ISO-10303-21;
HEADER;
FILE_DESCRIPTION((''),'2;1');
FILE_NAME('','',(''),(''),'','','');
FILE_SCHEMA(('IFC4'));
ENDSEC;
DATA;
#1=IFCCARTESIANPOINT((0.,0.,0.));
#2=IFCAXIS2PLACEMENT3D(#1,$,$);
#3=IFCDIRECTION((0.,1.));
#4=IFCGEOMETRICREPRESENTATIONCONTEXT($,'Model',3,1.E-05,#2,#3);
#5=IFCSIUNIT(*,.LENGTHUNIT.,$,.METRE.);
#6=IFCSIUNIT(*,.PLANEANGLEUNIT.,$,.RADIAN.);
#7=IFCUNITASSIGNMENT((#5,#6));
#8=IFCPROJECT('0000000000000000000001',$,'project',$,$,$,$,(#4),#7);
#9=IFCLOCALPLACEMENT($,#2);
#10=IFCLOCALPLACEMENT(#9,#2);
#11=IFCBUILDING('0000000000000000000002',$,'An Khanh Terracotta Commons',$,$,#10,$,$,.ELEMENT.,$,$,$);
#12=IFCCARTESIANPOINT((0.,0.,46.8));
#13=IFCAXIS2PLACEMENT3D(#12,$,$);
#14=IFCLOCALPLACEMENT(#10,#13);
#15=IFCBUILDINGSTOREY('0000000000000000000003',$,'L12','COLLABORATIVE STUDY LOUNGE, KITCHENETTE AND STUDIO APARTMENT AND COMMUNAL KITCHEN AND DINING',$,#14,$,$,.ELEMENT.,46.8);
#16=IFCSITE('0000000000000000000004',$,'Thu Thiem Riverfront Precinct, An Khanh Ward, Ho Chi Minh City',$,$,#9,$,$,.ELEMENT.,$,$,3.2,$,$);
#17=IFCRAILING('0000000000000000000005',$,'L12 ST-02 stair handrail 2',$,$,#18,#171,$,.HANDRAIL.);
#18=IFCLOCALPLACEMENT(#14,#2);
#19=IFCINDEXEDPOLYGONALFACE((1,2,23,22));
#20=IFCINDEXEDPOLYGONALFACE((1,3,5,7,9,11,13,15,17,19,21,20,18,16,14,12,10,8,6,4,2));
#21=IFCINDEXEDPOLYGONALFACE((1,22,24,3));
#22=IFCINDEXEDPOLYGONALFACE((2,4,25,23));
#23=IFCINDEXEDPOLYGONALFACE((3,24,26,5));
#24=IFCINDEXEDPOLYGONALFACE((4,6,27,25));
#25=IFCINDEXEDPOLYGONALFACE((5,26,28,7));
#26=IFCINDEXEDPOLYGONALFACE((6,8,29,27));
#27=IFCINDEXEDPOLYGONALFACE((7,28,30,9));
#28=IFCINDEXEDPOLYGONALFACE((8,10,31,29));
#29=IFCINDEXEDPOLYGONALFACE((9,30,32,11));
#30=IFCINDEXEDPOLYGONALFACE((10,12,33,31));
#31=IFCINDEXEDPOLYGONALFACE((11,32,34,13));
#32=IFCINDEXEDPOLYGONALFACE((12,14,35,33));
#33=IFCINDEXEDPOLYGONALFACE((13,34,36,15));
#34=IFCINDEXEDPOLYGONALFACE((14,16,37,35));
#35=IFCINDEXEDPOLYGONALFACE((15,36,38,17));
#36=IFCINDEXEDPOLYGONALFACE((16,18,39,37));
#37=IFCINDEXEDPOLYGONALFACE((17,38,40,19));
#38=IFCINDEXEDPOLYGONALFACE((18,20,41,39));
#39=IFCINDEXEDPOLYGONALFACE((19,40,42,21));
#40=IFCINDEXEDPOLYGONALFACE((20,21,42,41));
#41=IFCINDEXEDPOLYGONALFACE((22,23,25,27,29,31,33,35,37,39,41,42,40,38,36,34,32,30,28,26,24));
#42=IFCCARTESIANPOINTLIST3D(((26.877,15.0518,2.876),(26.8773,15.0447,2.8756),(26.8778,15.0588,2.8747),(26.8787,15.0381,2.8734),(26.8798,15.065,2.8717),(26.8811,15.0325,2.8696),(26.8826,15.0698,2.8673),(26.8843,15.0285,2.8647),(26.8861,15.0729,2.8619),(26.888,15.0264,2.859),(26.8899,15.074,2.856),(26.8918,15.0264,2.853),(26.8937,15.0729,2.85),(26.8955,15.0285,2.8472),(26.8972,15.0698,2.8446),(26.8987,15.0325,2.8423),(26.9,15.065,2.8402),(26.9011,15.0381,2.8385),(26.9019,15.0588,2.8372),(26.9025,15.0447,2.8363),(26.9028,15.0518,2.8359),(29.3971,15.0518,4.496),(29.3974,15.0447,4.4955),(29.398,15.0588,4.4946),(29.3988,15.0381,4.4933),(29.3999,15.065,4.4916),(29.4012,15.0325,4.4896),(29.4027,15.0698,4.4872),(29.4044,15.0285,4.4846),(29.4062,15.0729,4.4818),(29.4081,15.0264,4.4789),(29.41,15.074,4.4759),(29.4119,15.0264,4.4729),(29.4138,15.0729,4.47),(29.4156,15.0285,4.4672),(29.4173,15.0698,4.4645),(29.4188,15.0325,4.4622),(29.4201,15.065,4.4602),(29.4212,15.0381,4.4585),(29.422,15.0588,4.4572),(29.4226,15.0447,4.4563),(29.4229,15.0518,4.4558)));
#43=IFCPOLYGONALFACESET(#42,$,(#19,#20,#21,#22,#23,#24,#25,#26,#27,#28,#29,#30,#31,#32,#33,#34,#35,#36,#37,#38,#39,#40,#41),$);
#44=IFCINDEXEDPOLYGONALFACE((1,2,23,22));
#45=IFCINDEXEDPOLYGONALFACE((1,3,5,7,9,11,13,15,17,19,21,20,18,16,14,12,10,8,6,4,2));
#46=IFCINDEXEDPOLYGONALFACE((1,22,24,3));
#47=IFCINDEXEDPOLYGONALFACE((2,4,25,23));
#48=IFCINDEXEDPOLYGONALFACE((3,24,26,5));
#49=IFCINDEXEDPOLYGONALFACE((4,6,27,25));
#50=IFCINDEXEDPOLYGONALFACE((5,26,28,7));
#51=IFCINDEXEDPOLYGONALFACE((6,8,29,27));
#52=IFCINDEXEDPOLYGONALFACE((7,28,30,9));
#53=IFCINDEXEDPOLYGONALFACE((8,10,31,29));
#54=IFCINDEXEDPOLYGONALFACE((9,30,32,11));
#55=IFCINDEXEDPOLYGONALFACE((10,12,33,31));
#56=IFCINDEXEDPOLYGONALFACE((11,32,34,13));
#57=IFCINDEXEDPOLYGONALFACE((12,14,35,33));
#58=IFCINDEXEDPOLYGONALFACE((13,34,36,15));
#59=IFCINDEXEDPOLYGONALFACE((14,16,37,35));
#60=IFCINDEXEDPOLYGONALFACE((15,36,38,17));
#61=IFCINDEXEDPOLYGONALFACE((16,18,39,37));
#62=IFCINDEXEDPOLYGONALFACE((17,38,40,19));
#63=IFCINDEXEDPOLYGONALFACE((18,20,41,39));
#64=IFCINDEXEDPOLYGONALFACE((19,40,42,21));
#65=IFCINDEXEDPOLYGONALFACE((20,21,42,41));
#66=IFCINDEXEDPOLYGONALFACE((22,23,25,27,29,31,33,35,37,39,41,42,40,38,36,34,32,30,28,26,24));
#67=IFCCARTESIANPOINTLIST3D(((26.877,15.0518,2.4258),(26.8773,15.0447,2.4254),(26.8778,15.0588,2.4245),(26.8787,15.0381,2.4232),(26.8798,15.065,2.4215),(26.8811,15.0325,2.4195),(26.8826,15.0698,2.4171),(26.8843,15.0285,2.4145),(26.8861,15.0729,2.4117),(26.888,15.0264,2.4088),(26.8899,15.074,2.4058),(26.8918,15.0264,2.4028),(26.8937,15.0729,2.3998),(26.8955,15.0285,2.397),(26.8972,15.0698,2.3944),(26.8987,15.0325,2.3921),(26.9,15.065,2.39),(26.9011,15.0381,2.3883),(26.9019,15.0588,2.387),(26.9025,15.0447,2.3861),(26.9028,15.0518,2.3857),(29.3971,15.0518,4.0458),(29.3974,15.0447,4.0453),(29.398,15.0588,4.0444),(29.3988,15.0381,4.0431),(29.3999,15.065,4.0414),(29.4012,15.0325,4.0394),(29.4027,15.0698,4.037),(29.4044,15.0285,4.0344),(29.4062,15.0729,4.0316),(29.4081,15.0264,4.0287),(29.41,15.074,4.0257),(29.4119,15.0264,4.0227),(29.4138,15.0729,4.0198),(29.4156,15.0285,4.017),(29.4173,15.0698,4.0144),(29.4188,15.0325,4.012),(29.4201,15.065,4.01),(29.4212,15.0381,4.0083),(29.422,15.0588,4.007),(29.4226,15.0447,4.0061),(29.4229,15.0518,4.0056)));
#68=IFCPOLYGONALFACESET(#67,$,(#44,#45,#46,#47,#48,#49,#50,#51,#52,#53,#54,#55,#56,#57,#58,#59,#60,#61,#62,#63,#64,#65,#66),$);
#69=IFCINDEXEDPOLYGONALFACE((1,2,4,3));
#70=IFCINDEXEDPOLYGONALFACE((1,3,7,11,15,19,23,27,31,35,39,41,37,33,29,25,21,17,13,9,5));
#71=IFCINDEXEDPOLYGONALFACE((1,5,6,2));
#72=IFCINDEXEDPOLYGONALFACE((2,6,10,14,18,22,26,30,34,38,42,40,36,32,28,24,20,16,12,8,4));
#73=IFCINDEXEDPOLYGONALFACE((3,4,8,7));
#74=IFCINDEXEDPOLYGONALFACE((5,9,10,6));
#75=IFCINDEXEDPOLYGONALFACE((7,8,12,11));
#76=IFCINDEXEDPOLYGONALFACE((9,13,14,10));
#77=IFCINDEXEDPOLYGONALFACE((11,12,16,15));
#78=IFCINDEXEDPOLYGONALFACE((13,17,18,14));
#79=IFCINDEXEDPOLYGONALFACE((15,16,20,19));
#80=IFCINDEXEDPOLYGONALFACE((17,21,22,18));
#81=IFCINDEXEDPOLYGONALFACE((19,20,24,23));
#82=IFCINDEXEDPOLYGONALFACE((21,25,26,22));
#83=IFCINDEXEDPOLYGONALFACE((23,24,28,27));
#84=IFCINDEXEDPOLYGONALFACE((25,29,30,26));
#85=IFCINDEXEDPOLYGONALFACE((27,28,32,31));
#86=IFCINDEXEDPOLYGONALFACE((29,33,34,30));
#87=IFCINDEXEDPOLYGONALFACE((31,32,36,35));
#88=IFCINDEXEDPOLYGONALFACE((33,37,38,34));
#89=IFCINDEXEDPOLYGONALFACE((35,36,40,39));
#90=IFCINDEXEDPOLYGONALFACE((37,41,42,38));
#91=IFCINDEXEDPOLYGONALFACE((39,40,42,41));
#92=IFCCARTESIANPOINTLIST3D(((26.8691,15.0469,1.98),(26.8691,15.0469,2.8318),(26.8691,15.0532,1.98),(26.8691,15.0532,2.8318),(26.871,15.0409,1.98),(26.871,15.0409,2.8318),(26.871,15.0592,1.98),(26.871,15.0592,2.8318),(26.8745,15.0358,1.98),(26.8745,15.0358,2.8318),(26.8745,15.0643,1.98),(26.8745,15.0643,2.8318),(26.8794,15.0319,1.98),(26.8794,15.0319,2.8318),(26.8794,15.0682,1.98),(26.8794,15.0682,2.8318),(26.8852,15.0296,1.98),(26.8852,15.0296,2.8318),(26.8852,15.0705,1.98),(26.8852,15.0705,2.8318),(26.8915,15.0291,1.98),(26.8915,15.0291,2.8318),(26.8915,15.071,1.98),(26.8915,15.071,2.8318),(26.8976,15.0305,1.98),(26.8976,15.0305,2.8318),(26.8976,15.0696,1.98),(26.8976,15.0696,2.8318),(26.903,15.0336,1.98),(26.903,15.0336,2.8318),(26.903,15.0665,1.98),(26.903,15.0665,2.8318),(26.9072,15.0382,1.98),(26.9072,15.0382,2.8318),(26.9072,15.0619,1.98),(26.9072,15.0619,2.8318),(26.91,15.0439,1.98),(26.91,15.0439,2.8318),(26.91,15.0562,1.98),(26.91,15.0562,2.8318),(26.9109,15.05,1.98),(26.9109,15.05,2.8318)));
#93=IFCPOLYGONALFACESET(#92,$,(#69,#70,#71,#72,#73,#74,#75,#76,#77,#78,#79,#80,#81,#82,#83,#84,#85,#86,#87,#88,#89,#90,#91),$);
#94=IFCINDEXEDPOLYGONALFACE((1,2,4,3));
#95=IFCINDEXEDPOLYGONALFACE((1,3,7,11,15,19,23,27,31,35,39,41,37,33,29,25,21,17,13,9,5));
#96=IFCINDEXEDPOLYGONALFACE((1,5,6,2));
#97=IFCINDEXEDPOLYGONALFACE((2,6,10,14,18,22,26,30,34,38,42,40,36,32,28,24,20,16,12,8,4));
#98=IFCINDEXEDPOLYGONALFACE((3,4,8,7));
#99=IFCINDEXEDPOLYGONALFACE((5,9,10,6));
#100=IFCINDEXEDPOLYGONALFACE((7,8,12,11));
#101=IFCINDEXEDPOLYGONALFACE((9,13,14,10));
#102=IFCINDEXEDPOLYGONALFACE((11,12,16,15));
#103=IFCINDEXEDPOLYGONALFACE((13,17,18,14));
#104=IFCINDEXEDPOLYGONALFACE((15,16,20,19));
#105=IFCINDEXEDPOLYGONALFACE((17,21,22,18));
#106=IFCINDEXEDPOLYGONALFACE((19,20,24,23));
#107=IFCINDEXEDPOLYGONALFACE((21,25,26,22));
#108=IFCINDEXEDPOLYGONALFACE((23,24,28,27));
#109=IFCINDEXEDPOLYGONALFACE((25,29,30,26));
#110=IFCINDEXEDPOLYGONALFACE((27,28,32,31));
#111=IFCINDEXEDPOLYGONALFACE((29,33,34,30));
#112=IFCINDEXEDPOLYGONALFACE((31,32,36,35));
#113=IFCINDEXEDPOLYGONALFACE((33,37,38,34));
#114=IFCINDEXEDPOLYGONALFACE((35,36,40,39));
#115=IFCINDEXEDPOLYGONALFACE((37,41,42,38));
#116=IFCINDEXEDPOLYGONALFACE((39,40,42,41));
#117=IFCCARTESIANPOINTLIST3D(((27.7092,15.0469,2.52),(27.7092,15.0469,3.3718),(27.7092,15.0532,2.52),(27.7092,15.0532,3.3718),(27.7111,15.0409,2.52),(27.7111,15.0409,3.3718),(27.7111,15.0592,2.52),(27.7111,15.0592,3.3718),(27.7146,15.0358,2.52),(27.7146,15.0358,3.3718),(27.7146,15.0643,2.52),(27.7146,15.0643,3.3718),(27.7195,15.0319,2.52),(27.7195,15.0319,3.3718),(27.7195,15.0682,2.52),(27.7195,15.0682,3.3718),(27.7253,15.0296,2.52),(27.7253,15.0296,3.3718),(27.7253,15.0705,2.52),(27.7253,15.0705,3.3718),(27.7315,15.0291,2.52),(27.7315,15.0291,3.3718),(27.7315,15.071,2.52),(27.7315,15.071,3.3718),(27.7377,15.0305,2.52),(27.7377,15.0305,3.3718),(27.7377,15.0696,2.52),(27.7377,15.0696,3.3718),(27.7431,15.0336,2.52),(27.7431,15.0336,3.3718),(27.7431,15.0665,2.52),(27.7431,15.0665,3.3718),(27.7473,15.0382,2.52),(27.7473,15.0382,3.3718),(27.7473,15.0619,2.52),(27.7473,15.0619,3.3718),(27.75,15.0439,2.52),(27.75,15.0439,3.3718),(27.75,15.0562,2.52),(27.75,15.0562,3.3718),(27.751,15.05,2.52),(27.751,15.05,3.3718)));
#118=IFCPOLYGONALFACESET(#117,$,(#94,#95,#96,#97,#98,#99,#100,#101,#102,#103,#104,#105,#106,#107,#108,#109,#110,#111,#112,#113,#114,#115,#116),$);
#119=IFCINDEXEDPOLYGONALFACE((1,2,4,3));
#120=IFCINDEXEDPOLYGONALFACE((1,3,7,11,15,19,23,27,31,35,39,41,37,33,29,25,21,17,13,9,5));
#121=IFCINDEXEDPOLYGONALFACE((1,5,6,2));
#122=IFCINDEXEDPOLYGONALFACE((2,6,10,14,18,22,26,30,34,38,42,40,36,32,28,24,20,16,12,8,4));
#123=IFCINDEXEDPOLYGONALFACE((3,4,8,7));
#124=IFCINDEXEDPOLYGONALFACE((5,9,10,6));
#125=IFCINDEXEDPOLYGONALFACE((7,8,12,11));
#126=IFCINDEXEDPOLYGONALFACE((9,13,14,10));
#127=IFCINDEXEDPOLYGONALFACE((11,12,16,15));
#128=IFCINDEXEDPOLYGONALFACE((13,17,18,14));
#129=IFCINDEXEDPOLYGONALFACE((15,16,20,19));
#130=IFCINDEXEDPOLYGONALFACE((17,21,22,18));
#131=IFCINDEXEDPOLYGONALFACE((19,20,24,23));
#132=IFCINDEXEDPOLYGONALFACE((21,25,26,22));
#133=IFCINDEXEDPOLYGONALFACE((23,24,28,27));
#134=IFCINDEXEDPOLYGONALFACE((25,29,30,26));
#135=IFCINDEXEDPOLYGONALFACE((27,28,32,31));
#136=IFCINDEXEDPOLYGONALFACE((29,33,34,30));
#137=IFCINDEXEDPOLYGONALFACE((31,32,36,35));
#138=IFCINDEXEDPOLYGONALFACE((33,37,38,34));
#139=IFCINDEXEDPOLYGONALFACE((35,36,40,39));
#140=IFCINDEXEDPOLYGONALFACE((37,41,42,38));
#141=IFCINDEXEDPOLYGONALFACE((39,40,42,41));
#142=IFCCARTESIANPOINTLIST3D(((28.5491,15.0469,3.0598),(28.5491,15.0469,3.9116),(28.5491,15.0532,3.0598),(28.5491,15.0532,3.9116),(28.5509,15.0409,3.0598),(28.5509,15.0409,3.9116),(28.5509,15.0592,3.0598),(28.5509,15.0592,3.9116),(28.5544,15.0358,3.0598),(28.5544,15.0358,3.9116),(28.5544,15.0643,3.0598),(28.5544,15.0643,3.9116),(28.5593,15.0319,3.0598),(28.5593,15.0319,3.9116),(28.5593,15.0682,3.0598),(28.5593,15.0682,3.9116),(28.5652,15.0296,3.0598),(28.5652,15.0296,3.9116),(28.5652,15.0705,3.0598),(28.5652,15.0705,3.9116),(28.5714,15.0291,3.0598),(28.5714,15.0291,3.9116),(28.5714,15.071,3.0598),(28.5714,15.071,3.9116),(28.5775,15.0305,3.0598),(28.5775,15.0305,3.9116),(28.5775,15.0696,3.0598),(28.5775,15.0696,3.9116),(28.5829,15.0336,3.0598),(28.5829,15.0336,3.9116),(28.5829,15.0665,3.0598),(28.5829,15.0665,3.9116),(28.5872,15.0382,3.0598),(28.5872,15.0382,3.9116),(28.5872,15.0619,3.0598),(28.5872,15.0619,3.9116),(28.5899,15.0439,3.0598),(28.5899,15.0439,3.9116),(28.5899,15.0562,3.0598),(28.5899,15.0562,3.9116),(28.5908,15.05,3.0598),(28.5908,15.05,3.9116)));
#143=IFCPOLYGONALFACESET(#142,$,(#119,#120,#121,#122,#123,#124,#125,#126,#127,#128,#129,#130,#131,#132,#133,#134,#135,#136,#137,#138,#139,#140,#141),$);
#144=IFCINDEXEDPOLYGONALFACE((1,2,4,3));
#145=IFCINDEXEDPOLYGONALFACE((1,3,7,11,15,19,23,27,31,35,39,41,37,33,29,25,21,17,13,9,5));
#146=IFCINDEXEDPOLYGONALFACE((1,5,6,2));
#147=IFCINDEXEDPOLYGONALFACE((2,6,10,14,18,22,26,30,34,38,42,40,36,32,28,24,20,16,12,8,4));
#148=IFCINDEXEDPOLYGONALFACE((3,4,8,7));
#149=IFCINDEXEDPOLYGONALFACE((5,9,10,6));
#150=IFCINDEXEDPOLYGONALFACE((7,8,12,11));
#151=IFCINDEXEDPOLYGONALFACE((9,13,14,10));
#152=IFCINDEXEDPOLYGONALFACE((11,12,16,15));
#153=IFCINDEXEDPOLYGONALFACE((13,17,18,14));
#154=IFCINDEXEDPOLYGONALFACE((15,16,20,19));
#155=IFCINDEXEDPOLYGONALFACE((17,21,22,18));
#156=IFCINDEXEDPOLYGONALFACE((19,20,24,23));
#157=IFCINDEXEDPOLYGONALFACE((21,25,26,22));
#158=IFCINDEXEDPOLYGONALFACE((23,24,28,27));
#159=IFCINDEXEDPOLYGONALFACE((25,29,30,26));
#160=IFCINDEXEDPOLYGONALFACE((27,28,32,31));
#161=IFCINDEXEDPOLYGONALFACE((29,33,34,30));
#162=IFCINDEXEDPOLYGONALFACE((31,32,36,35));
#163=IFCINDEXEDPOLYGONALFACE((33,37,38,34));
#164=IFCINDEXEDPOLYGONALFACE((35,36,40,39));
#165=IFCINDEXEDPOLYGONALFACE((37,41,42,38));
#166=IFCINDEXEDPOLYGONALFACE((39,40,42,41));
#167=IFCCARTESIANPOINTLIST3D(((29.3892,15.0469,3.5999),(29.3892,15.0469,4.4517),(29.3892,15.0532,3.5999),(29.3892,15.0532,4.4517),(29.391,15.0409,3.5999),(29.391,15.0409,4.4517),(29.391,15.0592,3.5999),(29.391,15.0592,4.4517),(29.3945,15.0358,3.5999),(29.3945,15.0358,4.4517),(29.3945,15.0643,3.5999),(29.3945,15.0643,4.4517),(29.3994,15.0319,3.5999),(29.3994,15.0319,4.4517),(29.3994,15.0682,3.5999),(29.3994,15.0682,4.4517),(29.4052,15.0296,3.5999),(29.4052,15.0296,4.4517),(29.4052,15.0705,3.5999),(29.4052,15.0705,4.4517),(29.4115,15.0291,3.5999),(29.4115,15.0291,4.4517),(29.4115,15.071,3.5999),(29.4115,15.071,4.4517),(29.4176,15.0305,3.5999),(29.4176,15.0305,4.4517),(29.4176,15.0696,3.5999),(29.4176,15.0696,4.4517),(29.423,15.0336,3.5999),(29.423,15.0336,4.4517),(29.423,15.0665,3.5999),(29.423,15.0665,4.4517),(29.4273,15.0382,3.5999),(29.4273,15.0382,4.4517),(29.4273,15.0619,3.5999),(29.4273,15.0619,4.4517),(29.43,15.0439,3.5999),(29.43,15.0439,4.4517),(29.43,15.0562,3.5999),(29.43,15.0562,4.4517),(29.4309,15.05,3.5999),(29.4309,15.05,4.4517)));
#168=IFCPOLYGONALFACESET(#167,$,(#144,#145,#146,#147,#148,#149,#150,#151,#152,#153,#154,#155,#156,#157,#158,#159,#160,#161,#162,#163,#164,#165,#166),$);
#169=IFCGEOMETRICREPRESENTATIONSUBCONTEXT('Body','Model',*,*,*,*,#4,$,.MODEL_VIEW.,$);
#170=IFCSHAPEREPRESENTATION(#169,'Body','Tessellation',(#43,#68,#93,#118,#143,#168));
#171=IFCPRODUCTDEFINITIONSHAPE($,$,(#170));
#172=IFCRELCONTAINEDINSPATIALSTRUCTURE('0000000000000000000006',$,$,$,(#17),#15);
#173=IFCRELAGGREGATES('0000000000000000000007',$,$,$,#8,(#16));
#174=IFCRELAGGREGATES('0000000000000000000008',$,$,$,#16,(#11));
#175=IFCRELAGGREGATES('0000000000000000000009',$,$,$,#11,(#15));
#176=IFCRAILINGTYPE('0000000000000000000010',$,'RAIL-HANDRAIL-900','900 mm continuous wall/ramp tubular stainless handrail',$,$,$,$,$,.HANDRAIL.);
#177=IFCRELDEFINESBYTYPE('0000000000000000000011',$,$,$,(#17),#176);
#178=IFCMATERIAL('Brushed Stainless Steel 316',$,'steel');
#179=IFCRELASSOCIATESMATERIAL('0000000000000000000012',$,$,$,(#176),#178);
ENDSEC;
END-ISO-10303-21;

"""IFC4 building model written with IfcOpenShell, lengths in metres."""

from ifc_helpers import new_model, si_unit, direction, frame, origin, origin_2d, place, context, subcontext, project, spatial, circle, extrude, material, type_object, element, save


model = new_model("IFC4")

# Units and contexts
model_context = context("Model", 3, precision=1e-05, world=origin(), true_north=direction((0.0, 1.0)))
body_context = subcontext(model_context, "Body", "Model", "MODEL_VIEW")
ifc_project = project(units=[si_unit("LENGTHUNIT", "METRE"), si_unit("PLANEANGLEUNIT", "RADIAN")], contexts=[model_context])

# Site, building, storey
site_placement = place(None, origin())
site = spatial("IfcSite", under=ifc_project, at=site_placement, Name="Thu Thiem Riverfront Precinct, An Khanh Ward, Ho Chi Minh City", CompositionType="ELEMENT", RefElevation=3.2)
building_placement = place(site_placement, origin())
building = spatial("IfcBuilding", under=site, at=building_placement, Name="An Khanh Terracotta Commons", CompositionType="ELEMENT")
storey_placement = place(building_placement, frame((0.0, 0.0, 46.8)))
storey = spatial("IfcBuildingStorey", under=building, at=storey_placement, Name="L12", Description="COLLABORATIVE STUDY LOUNGE, KITCHENETTE AND STUDIO APARTMENT AND COMMUNAL KITCHEN AND DINING", CompositionType="ELEMENT", Elevation=46.8)

# Railing
ifc_material_1 = material(Name="Brushed Stainless Steel 316", Category="steel")
railing_type_1 = type_object("IfcRailingType", Name="RAIL-HANDRAIL-900", Description="900 mm continuous wall/ramp tubular stainless handrail", PredefinedType="HANDRAIL", material=ifc_material_1)
railing_1_placement = place(storey_placement, frame((26.8899, 15.05, 1.98)))
element("IfcRailing", 1, at=railing_1_placement, inside=storey, type_object=railing_type_1, Name="L12 ST-02 stair handrail 2", PredefinedType="HANDRAIL", context=body_context, shape_type="SweptSolid", body=[
    extrude(circle(Radius=0.0239, at=origin_2d()), frame((0.0, 0.0, 0.876), z_axis=(0.8412, 0.0, 0.540725), x_axis=(0.0, 1.0, 0.0)), (0.0, 0.0, 1.0), 2.9958),
    extrude(circle(Radius=0.0239, at=origin_2d()), frame((0.0, 0.0, 0.4258), z_axis=(0.8412, 0.0, 0.540725), x_axis=(0.0, 1.0, 0.0)), (0.0, 0.0, 1.0), 2.9958),
    extrude(circle(Radius=0.021, at=origin_2d()), origin(), (0.0, 0.0, 1.0), 0.8518),
    extrude(circle(Radius=0.021, at=origin_2d()), frame((0.8401, 0.0, 0.54)), (0.0, 0.0, 1.0), 0.8518),
    extrude(circle(Radius=0.021, at=origin_2d()), frame((1.6799, 0.0, 1.0798)), (0.0, 0.0, 1.0), 0.8518),
    extrude(circle(Radius=0.021, at=origin_2d()), frame((2.52, 0.0, 1.6199)), (0.0, 0.0, 1.0), 0.8518),
])

save(model, "model.ifc")
